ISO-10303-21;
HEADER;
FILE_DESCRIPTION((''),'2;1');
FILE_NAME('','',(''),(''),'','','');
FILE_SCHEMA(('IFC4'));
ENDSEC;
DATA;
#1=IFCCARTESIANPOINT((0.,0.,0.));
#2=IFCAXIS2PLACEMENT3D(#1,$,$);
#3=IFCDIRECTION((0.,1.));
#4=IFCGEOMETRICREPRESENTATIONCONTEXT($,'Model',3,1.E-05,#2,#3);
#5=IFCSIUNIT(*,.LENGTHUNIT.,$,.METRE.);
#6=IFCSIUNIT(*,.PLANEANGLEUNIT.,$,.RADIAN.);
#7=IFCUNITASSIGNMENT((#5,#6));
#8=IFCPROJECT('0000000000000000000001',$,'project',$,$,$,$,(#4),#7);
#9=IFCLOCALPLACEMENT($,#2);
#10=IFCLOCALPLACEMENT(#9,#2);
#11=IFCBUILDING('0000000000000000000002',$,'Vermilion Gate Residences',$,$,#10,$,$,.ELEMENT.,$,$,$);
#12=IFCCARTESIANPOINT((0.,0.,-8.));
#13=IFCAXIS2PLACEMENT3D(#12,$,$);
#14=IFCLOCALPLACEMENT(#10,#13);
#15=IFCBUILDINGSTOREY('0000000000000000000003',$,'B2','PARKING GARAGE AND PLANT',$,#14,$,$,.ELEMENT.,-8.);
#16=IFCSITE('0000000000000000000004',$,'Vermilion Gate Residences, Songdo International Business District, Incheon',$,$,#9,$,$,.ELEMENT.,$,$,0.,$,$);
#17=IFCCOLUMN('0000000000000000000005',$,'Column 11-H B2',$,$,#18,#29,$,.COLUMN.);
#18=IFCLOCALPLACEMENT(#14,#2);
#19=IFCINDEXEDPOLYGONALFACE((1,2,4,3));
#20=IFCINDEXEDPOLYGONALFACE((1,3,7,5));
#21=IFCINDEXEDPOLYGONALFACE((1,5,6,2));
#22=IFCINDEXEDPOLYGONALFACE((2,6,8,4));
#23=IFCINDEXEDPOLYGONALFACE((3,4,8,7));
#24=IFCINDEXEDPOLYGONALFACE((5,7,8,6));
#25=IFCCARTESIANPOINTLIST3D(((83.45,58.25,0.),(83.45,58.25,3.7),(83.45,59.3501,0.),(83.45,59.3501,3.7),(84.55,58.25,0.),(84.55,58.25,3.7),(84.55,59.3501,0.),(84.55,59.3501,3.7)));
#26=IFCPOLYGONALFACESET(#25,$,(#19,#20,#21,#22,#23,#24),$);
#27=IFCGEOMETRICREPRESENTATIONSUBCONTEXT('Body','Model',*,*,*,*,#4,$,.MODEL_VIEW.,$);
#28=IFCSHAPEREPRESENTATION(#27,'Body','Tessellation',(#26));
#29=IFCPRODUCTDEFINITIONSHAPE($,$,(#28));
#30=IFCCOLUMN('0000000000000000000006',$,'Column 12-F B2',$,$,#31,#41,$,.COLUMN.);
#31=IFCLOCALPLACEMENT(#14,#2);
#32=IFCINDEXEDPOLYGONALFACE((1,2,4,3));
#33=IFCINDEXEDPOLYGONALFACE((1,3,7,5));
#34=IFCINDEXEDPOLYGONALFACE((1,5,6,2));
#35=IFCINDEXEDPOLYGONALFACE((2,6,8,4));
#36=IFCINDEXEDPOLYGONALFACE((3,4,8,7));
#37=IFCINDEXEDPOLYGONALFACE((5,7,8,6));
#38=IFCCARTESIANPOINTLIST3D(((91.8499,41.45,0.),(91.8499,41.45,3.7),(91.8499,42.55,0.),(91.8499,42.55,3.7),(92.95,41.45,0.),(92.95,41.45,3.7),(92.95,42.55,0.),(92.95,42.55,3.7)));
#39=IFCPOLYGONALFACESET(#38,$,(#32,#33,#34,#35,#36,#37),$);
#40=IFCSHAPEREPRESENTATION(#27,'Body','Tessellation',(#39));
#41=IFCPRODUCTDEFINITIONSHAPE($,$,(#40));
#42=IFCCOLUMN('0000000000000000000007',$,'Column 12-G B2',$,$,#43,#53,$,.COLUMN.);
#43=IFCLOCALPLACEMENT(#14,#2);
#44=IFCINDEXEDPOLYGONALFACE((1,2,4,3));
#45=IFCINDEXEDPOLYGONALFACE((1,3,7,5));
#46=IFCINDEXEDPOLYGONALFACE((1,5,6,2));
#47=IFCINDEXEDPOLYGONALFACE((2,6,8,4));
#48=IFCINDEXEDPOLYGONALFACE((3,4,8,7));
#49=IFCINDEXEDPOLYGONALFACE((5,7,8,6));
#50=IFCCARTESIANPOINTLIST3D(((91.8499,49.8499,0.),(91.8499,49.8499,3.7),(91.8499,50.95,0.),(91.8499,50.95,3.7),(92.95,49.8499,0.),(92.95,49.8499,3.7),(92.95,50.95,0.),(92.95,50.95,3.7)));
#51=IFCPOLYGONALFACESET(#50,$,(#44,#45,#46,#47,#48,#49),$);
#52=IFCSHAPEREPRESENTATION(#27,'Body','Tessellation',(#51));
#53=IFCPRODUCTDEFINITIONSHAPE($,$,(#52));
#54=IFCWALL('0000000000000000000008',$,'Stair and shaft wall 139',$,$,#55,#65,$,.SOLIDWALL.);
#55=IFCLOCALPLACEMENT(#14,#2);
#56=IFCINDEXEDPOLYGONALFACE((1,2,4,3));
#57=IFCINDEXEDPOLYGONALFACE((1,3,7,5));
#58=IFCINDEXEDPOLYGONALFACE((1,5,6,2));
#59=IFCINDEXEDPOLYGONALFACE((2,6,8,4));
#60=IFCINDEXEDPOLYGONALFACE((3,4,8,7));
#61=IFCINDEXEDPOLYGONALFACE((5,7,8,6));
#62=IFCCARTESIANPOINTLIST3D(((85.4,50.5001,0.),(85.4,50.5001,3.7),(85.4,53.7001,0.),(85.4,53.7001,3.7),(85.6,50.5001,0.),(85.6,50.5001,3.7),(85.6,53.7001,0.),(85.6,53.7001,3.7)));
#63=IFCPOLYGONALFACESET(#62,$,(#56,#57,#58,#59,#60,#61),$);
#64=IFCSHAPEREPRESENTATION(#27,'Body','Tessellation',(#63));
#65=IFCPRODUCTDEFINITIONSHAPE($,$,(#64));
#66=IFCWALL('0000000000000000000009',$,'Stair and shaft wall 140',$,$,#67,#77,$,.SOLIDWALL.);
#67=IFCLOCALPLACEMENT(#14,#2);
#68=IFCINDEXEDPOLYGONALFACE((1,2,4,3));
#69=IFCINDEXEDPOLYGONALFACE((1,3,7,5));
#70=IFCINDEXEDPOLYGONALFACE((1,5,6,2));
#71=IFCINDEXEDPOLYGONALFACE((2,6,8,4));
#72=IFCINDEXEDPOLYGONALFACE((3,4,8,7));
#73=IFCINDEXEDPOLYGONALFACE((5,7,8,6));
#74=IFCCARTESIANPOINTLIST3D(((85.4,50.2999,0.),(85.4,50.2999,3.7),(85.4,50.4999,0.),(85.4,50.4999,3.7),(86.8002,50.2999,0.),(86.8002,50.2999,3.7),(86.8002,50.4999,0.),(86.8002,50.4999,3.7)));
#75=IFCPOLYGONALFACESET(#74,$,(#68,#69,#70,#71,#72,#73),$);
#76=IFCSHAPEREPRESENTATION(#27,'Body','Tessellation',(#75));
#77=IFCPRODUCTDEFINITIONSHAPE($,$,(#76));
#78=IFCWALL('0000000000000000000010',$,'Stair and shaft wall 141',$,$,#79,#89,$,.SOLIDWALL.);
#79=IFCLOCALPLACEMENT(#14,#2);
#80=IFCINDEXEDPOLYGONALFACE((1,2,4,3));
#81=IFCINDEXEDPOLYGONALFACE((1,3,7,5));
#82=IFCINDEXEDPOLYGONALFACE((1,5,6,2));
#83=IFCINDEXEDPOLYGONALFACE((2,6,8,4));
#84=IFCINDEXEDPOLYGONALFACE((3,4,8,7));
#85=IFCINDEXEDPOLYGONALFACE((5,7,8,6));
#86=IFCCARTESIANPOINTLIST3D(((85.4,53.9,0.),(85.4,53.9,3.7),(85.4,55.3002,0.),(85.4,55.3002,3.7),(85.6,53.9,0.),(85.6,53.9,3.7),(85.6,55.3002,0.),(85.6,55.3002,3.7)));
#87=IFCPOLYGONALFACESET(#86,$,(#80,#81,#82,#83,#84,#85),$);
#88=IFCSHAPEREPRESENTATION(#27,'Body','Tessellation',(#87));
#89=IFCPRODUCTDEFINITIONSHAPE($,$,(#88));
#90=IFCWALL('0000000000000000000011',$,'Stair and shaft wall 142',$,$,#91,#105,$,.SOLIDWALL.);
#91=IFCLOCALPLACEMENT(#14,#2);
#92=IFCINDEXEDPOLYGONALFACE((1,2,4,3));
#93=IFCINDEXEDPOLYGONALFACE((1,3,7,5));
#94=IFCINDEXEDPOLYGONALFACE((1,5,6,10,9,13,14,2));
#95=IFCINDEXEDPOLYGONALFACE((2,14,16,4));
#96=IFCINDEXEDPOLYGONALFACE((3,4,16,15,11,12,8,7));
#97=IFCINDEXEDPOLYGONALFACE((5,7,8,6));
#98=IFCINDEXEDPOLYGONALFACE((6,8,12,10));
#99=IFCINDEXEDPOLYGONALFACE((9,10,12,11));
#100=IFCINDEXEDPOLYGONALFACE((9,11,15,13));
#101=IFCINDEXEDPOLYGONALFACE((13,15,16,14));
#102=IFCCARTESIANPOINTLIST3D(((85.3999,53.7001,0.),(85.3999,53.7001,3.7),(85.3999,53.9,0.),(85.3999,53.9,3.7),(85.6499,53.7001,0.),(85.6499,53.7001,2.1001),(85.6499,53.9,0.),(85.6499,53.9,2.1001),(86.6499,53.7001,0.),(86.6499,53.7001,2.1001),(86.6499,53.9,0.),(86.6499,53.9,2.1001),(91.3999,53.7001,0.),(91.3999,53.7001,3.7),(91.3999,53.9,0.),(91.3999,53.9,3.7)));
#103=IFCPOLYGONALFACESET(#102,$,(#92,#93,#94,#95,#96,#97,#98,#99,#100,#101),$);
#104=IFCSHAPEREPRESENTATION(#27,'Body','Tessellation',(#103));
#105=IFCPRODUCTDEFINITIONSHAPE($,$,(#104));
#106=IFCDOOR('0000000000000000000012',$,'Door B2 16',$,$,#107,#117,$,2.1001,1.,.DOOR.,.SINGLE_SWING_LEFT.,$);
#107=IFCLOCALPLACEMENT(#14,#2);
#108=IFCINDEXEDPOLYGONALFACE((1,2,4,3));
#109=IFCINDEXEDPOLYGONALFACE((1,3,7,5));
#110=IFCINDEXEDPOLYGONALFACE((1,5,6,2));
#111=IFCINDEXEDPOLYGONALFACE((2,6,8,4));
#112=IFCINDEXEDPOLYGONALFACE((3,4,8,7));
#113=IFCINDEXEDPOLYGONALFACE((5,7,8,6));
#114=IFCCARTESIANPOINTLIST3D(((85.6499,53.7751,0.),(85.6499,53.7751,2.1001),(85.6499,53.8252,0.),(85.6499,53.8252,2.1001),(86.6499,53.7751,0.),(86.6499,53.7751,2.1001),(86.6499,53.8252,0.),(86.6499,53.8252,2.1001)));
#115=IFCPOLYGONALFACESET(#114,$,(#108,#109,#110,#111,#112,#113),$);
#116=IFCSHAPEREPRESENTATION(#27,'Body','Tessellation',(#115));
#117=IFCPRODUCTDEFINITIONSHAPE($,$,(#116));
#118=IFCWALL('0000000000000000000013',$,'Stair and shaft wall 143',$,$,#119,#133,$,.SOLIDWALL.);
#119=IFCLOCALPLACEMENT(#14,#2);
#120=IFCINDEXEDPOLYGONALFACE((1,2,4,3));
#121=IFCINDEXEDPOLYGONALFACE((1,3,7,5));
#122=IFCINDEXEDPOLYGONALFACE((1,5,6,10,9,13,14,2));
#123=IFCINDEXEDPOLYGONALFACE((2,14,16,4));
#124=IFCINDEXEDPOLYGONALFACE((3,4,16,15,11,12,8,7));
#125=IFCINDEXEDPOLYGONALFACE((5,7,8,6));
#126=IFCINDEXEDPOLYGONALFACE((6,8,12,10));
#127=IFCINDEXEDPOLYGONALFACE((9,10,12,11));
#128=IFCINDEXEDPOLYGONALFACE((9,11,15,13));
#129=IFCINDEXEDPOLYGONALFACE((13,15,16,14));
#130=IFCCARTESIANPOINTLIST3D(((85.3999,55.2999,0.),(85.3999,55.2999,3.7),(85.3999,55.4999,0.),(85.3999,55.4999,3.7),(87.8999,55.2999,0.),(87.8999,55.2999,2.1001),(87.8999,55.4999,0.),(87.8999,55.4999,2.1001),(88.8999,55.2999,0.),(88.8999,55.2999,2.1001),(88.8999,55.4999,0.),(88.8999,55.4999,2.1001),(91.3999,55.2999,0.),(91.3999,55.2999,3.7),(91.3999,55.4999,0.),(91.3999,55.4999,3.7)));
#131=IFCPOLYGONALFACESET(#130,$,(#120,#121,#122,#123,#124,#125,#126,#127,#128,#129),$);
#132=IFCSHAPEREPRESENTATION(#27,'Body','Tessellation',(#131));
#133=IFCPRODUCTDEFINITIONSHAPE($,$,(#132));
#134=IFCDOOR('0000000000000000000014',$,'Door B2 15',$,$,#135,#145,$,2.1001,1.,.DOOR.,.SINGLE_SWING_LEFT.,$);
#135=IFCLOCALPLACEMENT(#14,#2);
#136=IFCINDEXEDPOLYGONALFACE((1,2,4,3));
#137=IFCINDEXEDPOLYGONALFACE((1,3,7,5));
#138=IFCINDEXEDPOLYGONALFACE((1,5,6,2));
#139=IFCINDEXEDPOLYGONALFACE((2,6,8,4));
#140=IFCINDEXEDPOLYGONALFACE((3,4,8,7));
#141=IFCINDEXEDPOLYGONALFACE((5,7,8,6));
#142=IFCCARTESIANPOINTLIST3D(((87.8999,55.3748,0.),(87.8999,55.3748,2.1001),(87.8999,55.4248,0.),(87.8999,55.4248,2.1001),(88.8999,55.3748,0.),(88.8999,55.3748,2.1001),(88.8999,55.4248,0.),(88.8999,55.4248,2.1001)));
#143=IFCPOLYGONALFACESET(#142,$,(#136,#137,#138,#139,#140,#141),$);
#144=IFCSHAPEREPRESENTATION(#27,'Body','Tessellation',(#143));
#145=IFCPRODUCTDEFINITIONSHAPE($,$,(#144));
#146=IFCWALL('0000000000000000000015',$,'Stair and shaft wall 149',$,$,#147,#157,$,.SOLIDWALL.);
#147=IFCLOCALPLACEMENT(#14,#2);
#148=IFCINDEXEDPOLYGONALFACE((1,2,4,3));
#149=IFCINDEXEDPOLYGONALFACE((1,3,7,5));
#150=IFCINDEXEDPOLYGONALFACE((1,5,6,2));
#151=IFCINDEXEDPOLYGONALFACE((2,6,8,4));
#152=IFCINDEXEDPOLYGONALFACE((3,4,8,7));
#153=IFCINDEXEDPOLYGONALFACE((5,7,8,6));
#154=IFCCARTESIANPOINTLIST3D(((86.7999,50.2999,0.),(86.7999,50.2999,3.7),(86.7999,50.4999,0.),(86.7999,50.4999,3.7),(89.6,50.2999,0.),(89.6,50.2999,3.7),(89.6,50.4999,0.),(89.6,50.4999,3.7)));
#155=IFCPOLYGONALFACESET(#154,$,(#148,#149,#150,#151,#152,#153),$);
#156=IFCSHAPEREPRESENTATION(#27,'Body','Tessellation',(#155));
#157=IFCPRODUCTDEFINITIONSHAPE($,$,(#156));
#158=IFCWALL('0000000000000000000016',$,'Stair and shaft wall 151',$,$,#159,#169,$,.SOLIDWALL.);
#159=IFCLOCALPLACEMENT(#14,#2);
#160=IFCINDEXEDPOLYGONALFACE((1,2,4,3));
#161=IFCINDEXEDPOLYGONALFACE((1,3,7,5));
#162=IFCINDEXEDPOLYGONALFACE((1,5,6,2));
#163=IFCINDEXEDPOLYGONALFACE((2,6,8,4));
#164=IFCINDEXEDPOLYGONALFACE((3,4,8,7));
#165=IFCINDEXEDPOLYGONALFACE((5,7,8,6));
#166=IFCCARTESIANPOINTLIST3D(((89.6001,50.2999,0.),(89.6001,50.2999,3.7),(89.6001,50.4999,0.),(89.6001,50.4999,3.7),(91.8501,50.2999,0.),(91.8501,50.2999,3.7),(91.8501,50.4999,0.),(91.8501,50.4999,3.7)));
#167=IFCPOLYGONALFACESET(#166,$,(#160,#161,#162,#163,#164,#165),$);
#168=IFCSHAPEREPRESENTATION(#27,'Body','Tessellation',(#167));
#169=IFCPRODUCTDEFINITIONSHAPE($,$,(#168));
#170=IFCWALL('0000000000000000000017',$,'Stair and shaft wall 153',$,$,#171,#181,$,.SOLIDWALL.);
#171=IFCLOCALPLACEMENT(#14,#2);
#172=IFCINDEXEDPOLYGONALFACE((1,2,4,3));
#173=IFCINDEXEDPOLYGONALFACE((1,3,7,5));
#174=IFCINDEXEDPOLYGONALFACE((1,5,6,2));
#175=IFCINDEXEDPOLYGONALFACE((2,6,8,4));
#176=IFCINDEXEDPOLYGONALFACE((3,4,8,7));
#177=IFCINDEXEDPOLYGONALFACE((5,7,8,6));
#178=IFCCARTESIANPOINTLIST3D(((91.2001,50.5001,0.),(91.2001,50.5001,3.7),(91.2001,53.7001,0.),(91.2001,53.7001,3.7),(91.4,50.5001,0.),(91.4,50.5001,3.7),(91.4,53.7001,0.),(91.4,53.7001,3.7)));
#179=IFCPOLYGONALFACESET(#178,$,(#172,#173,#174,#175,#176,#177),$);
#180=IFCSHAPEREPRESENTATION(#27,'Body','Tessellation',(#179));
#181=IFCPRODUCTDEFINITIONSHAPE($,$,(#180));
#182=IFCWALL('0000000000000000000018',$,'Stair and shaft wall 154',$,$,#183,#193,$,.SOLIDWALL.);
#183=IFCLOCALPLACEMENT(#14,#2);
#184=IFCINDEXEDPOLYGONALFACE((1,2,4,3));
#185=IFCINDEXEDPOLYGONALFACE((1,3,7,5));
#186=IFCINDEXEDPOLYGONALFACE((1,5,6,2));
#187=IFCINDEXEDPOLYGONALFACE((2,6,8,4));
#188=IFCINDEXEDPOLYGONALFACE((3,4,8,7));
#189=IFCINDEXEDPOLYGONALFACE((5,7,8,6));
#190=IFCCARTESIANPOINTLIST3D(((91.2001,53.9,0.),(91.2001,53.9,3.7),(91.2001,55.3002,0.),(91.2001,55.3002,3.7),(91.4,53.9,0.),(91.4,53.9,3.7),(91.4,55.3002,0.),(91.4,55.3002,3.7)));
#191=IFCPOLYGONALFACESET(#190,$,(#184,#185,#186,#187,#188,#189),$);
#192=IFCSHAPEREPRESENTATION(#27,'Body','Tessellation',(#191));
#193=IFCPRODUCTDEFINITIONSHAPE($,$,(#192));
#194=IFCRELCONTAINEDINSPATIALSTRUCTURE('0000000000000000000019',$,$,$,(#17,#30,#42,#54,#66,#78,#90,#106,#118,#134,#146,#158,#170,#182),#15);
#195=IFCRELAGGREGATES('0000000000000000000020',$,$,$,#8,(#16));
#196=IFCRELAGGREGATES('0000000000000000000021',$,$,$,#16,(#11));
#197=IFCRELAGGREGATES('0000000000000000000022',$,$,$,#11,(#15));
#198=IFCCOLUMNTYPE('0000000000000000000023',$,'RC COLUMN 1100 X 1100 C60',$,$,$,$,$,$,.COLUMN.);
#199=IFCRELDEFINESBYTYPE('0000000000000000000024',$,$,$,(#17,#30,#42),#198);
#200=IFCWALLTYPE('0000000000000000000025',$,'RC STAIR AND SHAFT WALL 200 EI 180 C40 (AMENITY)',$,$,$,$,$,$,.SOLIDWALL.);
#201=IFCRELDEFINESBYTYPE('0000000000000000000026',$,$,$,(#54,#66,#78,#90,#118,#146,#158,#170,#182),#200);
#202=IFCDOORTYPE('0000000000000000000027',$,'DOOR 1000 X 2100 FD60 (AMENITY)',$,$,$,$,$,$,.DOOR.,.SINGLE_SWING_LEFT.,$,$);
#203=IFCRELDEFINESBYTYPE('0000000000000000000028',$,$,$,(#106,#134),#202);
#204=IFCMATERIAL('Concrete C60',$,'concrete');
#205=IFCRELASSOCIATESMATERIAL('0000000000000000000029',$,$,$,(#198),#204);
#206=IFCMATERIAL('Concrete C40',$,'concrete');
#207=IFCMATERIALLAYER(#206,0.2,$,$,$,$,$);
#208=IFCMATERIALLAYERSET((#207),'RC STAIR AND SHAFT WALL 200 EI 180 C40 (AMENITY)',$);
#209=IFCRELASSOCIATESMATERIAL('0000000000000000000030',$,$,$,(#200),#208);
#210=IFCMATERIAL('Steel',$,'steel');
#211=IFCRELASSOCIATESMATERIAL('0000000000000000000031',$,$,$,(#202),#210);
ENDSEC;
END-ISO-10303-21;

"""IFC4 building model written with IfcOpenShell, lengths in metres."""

from ifc_helpers import new_model, si_unit, direction, frame, frame_2d, origin, origin_2d, place, context, subcontext, project, spatial, rectangle, extrude, material, layer, layer_set, material_profile, profile_set, type_object, element, fill, save


model = new_model("IFC4")

# Units and contexts
model_context = context("Model", 3, precision=1e-05, world=origin(), true_north=direction((0.0, 1.0)))
body_context = subcontext(model_context, "Body", "Model", "MODEL_VIEW")
ifc_project = project(units=[si_unit("LENGTHUNIT", "METRE"), si_unit("PLANEANGLEUNIT", "RADIAN")], contexts=[model_context])

# Site, building, storey
site_placement = place(None, origin())
site = spatial("IfcSite", under=ifc_project, at=site_placement, Name="Vermilion Gate Residences, Songdo International Business District, Incheon", CompositionType="ELEMENT", RefElevation=0.0)
building_placement = place(site_placement, origin())
building = spatial("IfcBuilding", under=site, at=building_placement, Name="Vermilion Gate Residences", CompositionType="ELEMENT")
storey_placement = place(building_placement, frame((0.0, 0.0, -8.0)))
storey = spatial("IfcBuildingStorey", under=building, at=storey_placement, Name="B2", Description="PARKING GARAGE AND PLANT", CompositionType="ELEMENT", Elevation=-8.0)

# Columns
ifc_material_1 = material(Name="Concrete C60", Category="concrete")
ifc_material_profile_1 = material_profile(ifc_material_1, rectangle(XDim=1.1001, YDim=1.1001, at=origin_2d()), Name="RC-1100x1100")
ifc_profile_set_1 = profile_set([ifc_material_profile_1], Name="Concrete C60")
column_type = type_object("IfcColumnType", Name="RC COLUMN 1100 X 1100 C60", PredefinedType="COLUMN", material=ifc_profile_set_1)
for number, where, z_axis, x_axis, name in (
    (1, (84.0, 58.8, 0.0), (0.0, 0.0, 1.0), (1.0, 0.0, 0.0), "Column 11-H B2"),
    (2, (92.3999, 42.0, 0.0), (0.0, 0.0, 1.0), (1.0, 0.0, 0.0), "Column 12-F B2"),
    (3, (92.3999, 50.3999, 0.0), (0.0, 0.0, 1.0), (1.0, 0.0, 0.0), "Column 12-G B2"),
):
    element("IfcColumn", number, at=place(storey_placement, frame(where, z_axis=z_axis, x_axis=x_axis)), inside=storey, type_object=column_type, Name=name, PredefinedType="COLUMN", context=body_context, shape_type="SweptSolid", body=[
        extrude(rectangle(XDim=1.1001, YDim=1.1001, at=origin_2d()), origin(), (0.0, 0.0, 1.0), 3.7),
    ])

# Walls
ifc_material_2 = material(Name="Concrete C40", Category="concrete")
ifc_layer = layer(ifc_material_2, 0.2)
ifc_layer_set = layer_set([ifc_layer], Name="RC STAIR AND SHAFT WALL 200 EI 180 C40 (AMENITY)")
wall_type = type_object("IfcWallType", Name="RC STAIR AND SHAFT WALL 200 EI 180 C40 (AMENITY)", PredefinedType="SOLIDWALL", material=ifc_layer_set)
wall_1_placement = place(storey_placement, frame((85.5, 50.5, 0.0), z_axis=(0.0, 0.0, 1.0), x_axis=(0.0, 1.0, 0.0)))
element("IfcWall", 4, at=wall_1_placement, inside=storey, type_object=wall_type, Name="Stair and shaft wall 139", PredefinedType="SOLIDWALL", context=body_context, shape_type="SweptSolid", body=[
    extrude(rectangle(XDim=3.2, YDim=0.2, at=frame_2d((1.6001, 0.0))), origin(), (0.0, 0.0, 1.0), 3.7),
])
for number, where, z_axis, x_axis, name in (
    (5, (85.3999, 50.3999, 0.0), (0.0, 0.0, 1.0), (1.0, 0.0, 0.0), "Stair and shaft wall 140"),
    (6, (85.5, 53.8999, 0.0), (0.0, 0.0, 1.0), (0.0, 1.0, 0.0), "Stair and shaft wall 141"),
):
    element("IfcWall", number, at=place(storey_placement, frame(where, z_axis=z_axis, x_axis=x_axis)), inside=storey, type_object=wall_type, Name=name, PredefinedType="SOLIDWALL", context=body_context, shape_type="SweptSolid", body=[
        extrude(rectangle(XDim=1.4001, YDim=0.2, at=frame_2d((0.7002, 0.0))), origin(), (0.0, 0.0, 1.0), 3.7),
    ])

# Walls, openings, doors
wall_2_placement = place(storey_placement, frame((85.3999, 53.8, 0.0), z_axis=(0.0, 0.0, 1.0), x_axis=(1.0, 0.0, 0.0)))
wall_2 = element("IfcWall", 7, at=wall_2_placement, inside=storey, type_object=wall_type, Name="Stair and shaft wall 142", PredefinedType="SOLIDWALL", context=body_context, shape_type="SweptSolid", body=[
    extrude(rectangle(XDim=6.0, YDim=0.2, at=frame_2d((3.0, 0.0))), origin(), (0.0, 0.0, 1.0), 3.7),
])
opening_1_placement = place(wall_2_placement, frame((0.25, 0.0, 0.0)))
opening_1 = element("IfcOpeningElement", 8, at=opening_1_placement, cuts=wall_2, PredefinedType="OPENING", context=body_context, shape_type="SweptSolid", body=[
    extrude(rectangle(XDim=1.0, YDim=2.1001, at=frame_2d((0.5, 1.05))), frame((0.0, 0.1099, 0.0), z_axis=(0.0, -1.0, 0.0), x_axis=(1.0, 0.0, 0.0)), (0.0, 0.0, 1.0), 0.22),
])
ifc_material_3 = material(Name="Steel", Category="steel")
door_type = type_object("IfcDoorType", Name="DOOR 1000 X 2100 FD60 (AMENITY)", OperationType="SINGLE_SWING_LEFT", PredefinedType="DOOR", material=ifc_material_3)
door_1_placement = place(opening_1_placement, frame((1.0, 0.0, 0.0), z_axis=(0.0, 0.0, 1.0), x_axis=(-1.0, 0.0, 0.0)))
door_1 = element("IfcDoor", 9, at=door_1_placement, inside=storey, type_object=door_type, Name="Door B2 16", OperationType="SINGLE_SWING_LEFT", OverallHeight=2.1001, OverallWidth=1.0, PredefinedType="DOOR", context=body_context, shape_type="SweptSolid", body=[
    extrude(rectangle(XDim=1.0, YDim=2.1001, at=frame_2d((0.5, 1.05))), frame((0.0, 0.0249, 0.0), z_axis=(0.0, -1.0, 0.0), x_axis=(1.0, 0.0, 0.0)), (0.0, 0.0, 1.0), 0.05),
])
fill(opening_1, door_1)
wall_3_placement = place(storey_placement, frame((85.3999, 55.3999, 0.0), z_axis=(0.0, 0.0, 1.0), x_axis=(1.0, 0.0, 0.0)))
wall_3 = element("IfcWall", 10, at=wall_3_placement, inside=storey, type_object=wall_type, Name="Stair and shaft wall 143", PredefinedType="SOLIDWALL", context=body_context, shape_type="SweptSolid", body=[
    extrude(rectangle(XDim=6.0, YDim=0.2, at=frame_2d((3.0, 0.0))), origin(), (0.0, 0.0, 1.0), 3.7),
])
opening_2_placement = place(wall_3_placement, frame((2.5, 0.0, 0.0)))
opening_2 = element("IfcOpeningElement", 11, at=opening_2_placement, cuts=wall_3, PredefinedType="OPENING", context=body_context, shape_type="SweptSolid", body=[
    extrude(rectangle(XDim=1.0, YDim=2.1001, at=frame_2d((0.5, 1.05))), frame((0.0, 0.1099, 0.0), z_axis=(0.0, -1.0, 0.0), x_axis=(1.0, 0.0, 0.0)), (0.0, 0.0, 1.0), 0.22),
])
door_2_placement = place(opening_2_placement, origin())
door_2 = element("IfcDoor", 12, at=door_2_placement, inside=storey, type_object=door_type, Name="Door B2 15", OperationType="SINGLE_SWING_LEFT", OverallHeight=2.1001, OverallWidth=1.0, PredefinedType="DOOR", context=body_context, shape_type="SweptSolid", body=[
    extrude(rectangle(XDim=1.0, YDim=2.1001, at=frame_2d((0.5, 1.05))), frame((0.0, 0.0249, 0.0), z_axis=(0.0, -1.0, 0.0), x_axis=(1.0, 0.0, 0.0)), (0.0, 0.0, 1.0), 0.05),
])
fill(opening_2, door_2)

# Walls
wall_4_placement = place(storey_placement, frame((86.8, 50.3999, 0.0), z_axis=(0.0, 0.0, 1.0), x_axis=(1.0, 0.0, 0.0)))
element("IfcWall", 13, at=wall_4_placement, inside=storey, type_object=wall_type, Name="Stair and shaft wall 149", PredefinedType="SOLIDWALL", context=body_context, shape_type="SweptSolid", body=[
    extrude(rectangle(XDim=2.8, YDim=0.2, at=frame_2d((1.3999, 0.0))), origin(), (0.0, 0.0, 1.0), 3.7),
])
wall_5_placement = place(storey_placement, frame((89.6001, 50.3999, 0.0), z_axis=(0.0, 0.0, 1.0), x_axis=(1.0, 0.0, 0.0)))
element("IfcWall", 14, at=wall_5_placement, inside=storey, type_object=wall_type, Name="Stair and shaft wall 151", PredefinedType="SOLIDWALL", context=body_context, shape_type="SweptSolid", body=[
    extrude(rectangle(XDim=2.25, YDim=0.2, at=frame_2d((1.125, 0.0))), origin(), (0.0, 0.0, 1.0), 3.7),
])
wall_6_placement = place(storey_placement, frame((91.3, 50.5, 0.0), z_axis=(0.0, 0.0, 1.0), x_axis=(0.0, 1.0, 0.0)))
element("IfcWall", 15, at=wall_6_placement, inside=storey, type_object=wall_type, Name="Stair and shaft wall 153", PredefinedType="SOLIDWALL", context=body_context, shape_type="SweptSolid", body=[
    extrude(rectangle(XDim=3.2, YDim=0.2, at=frame_2d((1.6001, 0.0))), origin(), (0.0, 0.0, 1.0), 3.7),
])
wall_7_placement = place(storey_placement, frame((91.3, 53.8999, 0.0), z_axis=(0.0, 0.0, 1.0), x_axis=(0.0, 1.0, 0.0)))
element("IfcWall", 16, at=wall_7_placement, inside=storey, type_object=wall_type, Name="Stair and shaft wall 154", PredefinedType="SOLIDWALL", context=body_context, shape_type="SweptSolid", body=[
    extrude(rectangle(XDim=1.4001, YDim=0.2, at=frame_2d((0.7002, 0.0))), origin(), (0.0, 0.0, 1.0), 3.7),
])

save(model, "model.ifc")
